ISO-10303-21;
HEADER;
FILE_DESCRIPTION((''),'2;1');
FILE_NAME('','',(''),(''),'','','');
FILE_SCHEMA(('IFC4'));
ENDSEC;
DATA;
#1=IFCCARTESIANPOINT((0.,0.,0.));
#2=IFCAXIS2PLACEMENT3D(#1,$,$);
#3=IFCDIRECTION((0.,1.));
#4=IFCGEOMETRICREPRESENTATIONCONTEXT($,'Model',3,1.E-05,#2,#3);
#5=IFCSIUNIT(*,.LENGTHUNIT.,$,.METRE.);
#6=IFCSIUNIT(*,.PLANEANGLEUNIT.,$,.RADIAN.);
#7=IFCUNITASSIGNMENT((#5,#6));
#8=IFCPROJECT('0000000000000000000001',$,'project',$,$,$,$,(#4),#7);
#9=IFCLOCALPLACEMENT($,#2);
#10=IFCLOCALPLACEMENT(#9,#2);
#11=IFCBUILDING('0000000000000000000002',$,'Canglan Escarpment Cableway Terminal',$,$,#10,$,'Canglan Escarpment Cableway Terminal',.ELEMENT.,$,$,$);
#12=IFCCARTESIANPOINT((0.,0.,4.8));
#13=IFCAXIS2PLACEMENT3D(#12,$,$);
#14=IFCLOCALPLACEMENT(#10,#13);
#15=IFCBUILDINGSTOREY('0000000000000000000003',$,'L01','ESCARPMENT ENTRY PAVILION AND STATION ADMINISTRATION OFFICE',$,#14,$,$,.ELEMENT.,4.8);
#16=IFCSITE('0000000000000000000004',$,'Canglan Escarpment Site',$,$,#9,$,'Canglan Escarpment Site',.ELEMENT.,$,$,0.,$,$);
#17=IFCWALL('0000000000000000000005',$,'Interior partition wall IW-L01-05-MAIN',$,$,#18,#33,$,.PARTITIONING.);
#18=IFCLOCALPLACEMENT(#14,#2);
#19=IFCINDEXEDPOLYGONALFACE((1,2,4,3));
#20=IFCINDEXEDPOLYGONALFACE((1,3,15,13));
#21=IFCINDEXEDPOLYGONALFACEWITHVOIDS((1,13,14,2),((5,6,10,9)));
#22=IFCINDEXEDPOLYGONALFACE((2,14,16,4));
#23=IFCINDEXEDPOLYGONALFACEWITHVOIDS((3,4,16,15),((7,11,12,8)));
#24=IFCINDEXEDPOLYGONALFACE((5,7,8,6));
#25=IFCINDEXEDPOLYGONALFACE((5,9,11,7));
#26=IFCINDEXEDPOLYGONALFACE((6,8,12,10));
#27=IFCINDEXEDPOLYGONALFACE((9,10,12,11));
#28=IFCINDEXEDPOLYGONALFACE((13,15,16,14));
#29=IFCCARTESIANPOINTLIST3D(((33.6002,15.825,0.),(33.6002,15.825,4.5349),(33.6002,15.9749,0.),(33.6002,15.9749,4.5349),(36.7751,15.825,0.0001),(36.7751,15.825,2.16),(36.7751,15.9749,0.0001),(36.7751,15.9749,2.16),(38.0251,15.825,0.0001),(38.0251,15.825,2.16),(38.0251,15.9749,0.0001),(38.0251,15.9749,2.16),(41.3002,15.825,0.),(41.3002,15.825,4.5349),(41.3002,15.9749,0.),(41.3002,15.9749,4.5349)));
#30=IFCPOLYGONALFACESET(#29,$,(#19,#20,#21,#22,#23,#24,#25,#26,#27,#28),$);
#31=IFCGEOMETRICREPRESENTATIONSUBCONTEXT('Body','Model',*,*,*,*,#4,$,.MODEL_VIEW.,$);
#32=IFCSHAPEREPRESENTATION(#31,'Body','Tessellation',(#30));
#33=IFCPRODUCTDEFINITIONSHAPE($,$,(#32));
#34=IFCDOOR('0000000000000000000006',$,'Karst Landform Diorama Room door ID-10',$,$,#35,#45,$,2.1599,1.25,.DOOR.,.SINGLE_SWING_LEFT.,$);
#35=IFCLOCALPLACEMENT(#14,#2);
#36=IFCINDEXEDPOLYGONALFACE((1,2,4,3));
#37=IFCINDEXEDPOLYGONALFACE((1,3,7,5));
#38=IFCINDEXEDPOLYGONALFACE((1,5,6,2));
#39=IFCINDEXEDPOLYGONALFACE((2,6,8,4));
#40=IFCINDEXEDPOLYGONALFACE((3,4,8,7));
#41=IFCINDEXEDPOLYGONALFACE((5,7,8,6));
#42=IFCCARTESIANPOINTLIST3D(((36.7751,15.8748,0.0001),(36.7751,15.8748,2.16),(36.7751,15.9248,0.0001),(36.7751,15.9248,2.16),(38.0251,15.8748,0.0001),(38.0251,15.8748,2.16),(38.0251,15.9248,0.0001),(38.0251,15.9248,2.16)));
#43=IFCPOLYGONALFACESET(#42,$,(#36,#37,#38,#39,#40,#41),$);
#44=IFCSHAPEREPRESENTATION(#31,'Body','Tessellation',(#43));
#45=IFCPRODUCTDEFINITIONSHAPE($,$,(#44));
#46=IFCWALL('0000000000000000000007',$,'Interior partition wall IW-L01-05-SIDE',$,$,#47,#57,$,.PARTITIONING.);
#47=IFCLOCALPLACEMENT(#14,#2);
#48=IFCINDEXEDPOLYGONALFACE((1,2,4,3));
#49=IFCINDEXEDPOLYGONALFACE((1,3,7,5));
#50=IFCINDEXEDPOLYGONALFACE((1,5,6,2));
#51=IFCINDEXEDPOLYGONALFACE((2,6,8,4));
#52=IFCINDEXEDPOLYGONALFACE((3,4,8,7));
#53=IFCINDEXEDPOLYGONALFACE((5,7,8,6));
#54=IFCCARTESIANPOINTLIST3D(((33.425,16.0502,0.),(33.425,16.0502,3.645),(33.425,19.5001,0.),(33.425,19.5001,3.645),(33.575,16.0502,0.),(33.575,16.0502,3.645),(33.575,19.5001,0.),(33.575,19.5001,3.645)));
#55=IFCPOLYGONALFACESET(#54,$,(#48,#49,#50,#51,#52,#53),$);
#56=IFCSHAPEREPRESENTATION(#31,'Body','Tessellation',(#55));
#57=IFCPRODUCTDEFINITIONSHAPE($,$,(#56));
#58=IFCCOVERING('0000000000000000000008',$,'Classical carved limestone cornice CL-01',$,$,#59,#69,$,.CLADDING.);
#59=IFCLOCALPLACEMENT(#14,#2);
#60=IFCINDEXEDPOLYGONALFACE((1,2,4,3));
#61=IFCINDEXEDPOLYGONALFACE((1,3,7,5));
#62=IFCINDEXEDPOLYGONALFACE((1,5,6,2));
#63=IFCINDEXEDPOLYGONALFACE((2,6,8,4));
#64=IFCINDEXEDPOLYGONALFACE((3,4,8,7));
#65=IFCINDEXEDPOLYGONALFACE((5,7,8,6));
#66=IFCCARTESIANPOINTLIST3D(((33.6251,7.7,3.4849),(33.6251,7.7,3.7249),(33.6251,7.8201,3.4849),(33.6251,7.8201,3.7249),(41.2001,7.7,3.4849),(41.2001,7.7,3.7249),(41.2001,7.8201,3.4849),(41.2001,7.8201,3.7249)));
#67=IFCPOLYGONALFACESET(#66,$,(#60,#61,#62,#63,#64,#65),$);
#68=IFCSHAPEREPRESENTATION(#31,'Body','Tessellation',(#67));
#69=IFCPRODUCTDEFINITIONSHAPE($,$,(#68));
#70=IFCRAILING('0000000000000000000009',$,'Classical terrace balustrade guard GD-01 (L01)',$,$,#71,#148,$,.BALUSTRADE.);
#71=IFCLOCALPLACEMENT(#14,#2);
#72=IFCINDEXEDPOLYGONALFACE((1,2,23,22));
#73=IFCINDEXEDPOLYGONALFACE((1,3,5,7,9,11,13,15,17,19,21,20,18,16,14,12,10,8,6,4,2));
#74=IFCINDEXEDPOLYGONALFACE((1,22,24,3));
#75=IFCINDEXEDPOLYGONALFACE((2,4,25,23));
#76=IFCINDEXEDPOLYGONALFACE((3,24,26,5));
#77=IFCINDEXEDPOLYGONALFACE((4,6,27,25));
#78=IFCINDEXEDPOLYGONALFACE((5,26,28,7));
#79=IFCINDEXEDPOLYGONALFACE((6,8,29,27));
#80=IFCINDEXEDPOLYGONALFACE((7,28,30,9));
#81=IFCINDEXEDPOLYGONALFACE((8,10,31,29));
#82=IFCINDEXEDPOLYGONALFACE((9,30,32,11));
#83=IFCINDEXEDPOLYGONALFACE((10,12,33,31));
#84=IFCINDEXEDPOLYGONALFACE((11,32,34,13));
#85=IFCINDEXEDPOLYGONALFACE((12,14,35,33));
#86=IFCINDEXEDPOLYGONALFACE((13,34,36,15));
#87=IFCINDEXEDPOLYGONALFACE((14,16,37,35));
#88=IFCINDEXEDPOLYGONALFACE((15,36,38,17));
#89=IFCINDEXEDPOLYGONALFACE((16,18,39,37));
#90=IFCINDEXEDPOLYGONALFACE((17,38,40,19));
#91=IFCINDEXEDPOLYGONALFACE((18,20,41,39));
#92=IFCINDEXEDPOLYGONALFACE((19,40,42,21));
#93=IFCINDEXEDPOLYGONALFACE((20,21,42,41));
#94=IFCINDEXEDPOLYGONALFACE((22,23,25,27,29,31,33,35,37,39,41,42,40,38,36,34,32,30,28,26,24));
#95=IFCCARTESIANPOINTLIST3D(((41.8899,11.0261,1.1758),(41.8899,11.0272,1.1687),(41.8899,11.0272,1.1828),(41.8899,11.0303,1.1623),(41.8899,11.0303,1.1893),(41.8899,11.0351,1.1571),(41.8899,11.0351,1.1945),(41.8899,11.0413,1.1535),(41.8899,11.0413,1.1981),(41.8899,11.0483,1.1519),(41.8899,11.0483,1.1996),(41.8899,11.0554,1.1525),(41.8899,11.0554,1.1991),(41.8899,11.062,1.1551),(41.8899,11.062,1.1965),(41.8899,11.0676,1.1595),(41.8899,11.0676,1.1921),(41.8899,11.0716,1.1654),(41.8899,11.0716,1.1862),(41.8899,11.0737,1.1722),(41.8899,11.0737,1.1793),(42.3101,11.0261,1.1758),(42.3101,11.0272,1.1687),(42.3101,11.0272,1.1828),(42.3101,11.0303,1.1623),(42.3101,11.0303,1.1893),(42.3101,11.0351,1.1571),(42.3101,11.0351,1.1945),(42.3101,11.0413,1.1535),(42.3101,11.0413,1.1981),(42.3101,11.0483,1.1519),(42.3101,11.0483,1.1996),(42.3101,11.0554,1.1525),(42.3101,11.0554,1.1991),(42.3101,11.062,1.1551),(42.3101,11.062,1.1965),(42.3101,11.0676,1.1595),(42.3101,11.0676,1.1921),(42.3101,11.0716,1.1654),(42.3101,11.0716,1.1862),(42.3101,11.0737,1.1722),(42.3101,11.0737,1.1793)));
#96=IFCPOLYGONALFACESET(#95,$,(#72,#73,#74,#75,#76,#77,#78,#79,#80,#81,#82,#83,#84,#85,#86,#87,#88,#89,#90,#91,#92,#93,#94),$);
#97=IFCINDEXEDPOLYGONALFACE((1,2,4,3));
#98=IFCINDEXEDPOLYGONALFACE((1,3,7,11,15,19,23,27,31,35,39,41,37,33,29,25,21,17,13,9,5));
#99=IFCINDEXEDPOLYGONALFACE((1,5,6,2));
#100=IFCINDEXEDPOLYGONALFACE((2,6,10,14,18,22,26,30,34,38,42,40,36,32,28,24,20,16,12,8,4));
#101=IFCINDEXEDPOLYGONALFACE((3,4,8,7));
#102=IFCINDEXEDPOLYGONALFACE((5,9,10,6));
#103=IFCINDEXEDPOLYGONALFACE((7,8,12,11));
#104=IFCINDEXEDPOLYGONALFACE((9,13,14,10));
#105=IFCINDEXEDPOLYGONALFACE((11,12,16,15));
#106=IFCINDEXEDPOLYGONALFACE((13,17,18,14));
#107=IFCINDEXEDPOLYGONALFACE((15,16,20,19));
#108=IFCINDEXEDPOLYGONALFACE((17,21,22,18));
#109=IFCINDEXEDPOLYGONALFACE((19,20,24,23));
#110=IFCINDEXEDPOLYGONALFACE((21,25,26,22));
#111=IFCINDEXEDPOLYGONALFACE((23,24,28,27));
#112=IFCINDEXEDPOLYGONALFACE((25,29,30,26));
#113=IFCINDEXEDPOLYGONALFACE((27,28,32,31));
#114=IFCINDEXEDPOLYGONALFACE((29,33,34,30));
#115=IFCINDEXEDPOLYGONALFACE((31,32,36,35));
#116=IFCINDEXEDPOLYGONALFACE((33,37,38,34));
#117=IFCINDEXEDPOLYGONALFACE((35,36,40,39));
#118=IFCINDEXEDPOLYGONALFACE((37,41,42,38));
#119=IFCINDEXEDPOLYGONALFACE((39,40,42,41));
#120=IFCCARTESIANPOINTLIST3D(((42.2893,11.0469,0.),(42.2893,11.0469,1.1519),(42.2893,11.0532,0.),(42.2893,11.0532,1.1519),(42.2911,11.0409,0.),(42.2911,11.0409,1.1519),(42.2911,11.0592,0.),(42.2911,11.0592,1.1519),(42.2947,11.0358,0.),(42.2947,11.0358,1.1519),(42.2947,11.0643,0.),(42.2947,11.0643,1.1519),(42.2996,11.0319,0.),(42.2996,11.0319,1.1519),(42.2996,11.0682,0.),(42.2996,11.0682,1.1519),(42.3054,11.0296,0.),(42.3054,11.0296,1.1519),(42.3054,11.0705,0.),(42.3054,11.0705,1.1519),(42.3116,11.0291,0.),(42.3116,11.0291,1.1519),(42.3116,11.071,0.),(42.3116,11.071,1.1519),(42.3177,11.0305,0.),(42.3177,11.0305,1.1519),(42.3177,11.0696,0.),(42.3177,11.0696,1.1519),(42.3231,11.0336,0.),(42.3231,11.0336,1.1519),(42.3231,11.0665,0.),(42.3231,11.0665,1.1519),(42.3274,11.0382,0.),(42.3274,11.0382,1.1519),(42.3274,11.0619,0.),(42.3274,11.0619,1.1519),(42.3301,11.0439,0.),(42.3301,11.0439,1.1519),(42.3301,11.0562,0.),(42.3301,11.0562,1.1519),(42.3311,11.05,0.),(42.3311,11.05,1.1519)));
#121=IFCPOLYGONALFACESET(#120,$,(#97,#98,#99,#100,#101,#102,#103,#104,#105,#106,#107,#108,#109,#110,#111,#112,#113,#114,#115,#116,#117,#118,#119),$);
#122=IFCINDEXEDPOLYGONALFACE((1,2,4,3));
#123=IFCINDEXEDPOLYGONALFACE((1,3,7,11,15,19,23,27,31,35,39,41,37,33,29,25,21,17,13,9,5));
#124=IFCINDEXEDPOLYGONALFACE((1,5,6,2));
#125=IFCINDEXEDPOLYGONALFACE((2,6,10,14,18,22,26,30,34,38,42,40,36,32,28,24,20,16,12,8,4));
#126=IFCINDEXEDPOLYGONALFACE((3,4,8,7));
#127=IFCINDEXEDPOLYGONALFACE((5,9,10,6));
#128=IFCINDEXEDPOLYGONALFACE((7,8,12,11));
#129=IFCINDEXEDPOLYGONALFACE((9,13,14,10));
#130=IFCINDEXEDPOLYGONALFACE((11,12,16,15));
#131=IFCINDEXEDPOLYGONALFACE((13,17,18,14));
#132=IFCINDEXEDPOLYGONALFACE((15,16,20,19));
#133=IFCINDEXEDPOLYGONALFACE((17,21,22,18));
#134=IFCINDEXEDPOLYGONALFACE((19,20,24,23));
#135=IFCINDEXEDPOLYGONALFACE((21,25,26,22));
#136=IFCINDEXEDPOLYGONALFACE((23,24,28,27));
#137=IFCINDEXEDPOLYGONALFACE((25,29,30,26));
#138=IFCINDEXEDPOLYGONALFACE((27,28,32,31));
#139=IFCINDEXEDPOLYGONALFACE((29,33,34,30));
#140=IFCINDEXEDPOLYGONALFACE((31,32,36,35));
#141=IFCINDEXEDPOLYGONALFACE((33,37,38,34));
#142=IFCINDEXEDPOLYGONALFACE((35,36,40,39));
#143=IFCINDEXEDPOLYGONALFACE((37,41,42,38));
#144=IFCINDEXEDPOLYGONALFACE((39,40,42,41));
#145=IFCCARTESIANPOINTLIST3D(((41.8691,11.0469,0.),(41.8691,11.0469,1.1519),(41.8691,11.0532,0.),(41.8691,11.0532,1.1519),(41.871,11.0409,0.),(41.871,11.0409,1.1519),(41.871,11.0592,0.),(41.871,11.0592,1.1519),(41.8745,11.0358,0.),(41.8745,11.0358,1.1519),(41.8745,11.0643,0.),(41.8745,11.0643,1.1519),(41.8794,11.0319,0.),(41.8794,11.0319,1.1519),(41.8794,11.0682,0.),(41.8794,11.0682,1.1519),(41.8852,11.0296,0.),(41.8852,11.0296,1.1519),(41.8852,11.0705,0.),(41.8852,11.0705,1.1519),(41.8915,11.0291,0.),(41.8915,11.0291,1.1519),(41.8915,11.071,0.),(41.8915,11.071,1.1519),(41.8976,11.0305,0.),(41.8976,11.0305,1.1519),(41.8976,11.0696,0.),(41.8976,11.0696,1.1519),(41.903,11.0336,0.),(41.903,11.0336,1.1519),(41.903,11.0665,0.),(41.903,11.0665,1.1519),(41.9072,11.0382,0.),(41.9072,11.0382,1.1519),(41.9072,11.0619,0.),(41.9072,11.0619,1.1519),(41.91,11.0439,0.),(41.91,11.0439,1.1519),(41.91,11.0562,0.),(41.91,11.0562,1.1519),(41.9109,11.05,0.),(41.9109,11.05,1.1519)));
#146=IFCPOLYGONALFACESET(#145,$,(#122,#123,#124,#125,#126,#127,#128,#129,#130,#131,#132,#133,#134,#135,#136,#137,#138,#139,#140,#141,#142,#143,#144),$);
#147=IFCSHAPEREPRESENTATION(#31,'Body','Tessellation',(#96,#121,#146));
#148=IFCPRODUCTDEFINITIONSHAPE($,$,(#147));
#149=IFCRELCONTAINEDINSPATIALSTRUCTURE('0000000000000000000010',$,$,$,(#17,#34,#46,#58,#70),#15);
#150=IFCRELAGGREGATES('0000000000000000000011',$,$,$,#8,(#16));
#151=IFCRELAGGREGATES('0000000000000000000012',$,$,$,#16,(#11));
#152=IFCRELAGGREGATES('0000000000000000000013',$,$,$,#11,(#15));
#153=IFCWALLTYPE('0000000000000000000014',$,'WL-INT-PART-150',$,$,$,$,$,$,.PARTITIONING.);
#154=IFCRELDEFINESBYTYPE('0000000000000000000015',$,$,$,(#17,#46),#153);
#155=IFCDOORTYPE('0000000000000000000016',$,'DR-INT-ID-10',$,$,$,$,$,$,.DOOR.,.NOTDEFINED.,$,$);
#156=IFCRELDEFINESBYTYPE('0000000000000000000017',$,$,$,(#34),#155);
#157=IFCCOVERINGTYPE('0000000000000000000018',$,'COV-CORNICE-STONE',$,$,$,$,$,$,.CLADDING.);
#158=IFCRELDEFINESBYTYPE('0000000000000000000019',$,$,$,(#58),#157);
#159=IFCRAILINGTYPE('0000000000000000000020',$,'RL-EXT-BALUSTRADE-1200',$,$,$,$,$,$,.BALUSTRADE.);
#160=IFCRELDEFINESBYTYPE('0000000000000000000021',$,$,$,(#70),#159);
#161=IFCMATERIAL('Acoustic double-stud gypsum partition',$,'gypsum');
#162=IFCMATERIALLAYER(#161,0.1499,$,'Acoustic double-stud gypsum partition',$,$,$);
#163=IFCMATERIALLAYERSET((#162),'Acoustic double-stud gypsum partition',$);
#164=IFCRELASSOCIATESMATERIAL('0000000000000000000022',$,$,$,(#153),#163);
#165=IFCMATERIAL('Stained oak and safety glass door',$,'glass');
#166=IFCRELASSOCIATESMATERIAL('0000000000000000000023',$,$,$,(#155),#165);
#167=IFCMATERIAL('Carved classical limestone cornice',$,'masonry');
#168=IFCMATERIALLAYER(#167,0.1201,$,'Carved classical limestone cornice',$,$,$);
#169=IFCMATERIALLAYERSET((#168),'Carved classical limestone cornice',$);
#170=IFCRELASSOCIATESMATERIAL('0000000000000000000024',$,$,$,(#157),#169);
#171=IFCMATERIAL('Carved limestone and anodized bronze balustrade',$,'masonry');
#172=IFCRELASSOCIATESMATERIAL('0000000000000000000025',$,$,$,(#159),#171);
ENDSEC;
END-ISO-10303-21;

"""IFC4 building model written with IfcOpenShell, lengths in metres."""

from ifc_helpers import new_model, si_unit, direction, frame, frame_2d, origin, origin_2d, place, context, subcontext, project, spatial, rectangle, circle, extrude, material, layer, layer_set, type_object, element, fill, save


model = new_model("IFC4")

# Units and contexts
model_context = context("Model", 3, precision=1e-05, world=origin(), true_north=direction((0.0, 1.0)))
body_context = subcontext(model_context, "Body", "Model", "MODEL_VIEW")
ifc_project = project(units=[si_unit("LENGTHUNIT", "METRE"), si_unit("PLANEANGLEUNIT", "RADIAN")], contexts=[model_context])

# Site, building, storey
site_placement = place(None, origin())
site = spatial("IfcSite", under=ifc_project, at=site_placement, Name="Canglan Escarpment Site", LongName="Canglan Escarpment Site", CompositionType="ELEMENT", RefElevation=0.0)
building_placement = place(site_placement, origin())
building = spatial("IfcBuilding", under=site, at=building_placement, Name="Canglan Escarpment Cableway Terminal", LongName="Canglan Escarpment Cableway Terminal", CompositionType="ELEMENT")
storey_placement = place(building_placement, frame((0.0, 0.0, 4.8)))
storey = spatial("IfcBuildingStorey", under=building, at=storey_placement, Name="L01", Description="ESCARPMENT ENTRY PAVILION AND STATION ADMINISTRATION OFFICE", CompositionType="ELEMENT", Elevation=4.8)

# Wall, opening, door
ifc_material_1 = material(Name="Acoustic double-stud gypsum partition", Category="gypsum")
ifc_layer_1 = layer(ifc_material_1, 0.1499, Name="Acoustic double-stud gypsum partition")
ifc_layer_set_1 = layer_set([ifc_layer_1], Name="Acoustic double-stud gypsum partition")
wall_type_1 = type_object("IfcWallType", Name="WL-INT-PART-150", PredefinedType="PARTITIONING", material=ifc_layer_set_1)
wall_1_placement = place(storey_placement, frame((33.6001, 15.8999, 0.0), z_axis=(0.0, 0.0, 1.0), x_axis=(1.0, 0.0, 0.0)))
wall_1 = element("IfcWall", 1, at=wall_1_placement, inside=storey, type_object=wall_type_1, Name="Interior partition wall IW-L01-05-MAIN", PredefinedType="PARTITIONING", context=body_context, shape_type="SweptSolid", body=[
    extrude(rectangle(XDim=7.7, YDim=0.1499, at=frame_2d((3.8501, 0.0))), origin(), (0.0, 0.0, 1.0), 4.5349),
])
opening_1_placement = place(wall_1_placement, frame((3.175, 0.0, 0.0)))
opening_1 = element("IfcOpeningElement", 2, at=opening_1_placement, cuts=wall_1, PredefinedType="OPENING", context=body_context, shape_type="SweptSolid", body=[
    extrude(rectangle(XDim=1.25, YDim=2.1599, at=frame_2d((0.625, 1.0801))), frame((0.0, 0.085, 0.0), z_axis=(0.0, -1.0, 0.0), x_axis=(1.0, 0.0, 0.0)), (0.0, 0.0, 1.0), 0.1699),
])
ifc_material_2 = material(Name="Stained oak and safety glass door", Category="glass")
door_type = type_object("IfcDoorType", Name="DR-INT-ID-10", OperationType="NOTDEFINED", PredefinedType="DOOR", material=ifc_material_2)
door_placement = place(opening_1_placement, origin())
door = element("IfcDoor", 3, at=door_placement, inside=storey, type_object=door_type, Name="Karst Landform Diorama Room door ID-10", OperationType="SINGLE_SWING_LEFT", OverallHeight=2.1599, OverallWidth=1.25, PredefinedType="DOOR", context=body_context, shape_type="SweptSolid", body=[
    extrude(rectangle(XDim=1.25, YDim=2.1599, at=frame_2d((0.625, 1.0801))), frame((0.0, 0.0249, 0.0), z_axis=(0.0, -1.0, 0.0), x_axis=(1.0, 0.0, 0.0)), (0.0, 0.0, 1.0), 0.05),
])
fill(opening_1, door)

# Wall
wall_2_placement = place(storey_placement, frame((33.5, 16.05, 0.0), z_axis=(0.0, 0.0, 1.0), x_axis=(0.0, 1.0, 0.0)))
element("IfcWall", 4, at=wall_2_placement, inside=storey, type_object=wall_type_1, Name="Interior partition wall IW-L01-05-SIDE", PredefinedType="PARTITIONING", context=body_context, shape_type="SweptSolid", body=[
    extrude(rectangle(XDim=3.45, YDim=0.1499, at=frame_2d((1.7251, 0.0))), origin(), (0.0, 0.0, 1.0), 3.645),
])

# Covering
ifc_material_3 = material(Name="Carved classical limestone cornice", Category="masonry")
ifc_layer_2 = layer(ifc_material_3, 0.1201, Name="Carved classical limestone cornice")
ifc_layer_set_2 = layer_set([ifc_layer_2], Name="Carved classical limestone cornice")
covering_type = type_object("IfcCoveringType", Name="COV-CORNICE-STONE", PredefinedType="CLADDING", material=ifc_layer_set_2)
covering_placement = place(storey_placement, frame((37.4126, 7.76, 3.4849), z_axis=(0.0, 0.0, 1.0), x_axis=(1.0, 0.0, 0.0)))
element("IfcCovering", 5, at=covering_placement, inside=storey, type_object=covering_type, Name="Classical carved limestone cornice CL-01", PredefinedType="CLADDING", context=body_context, shape_type="SweptSolid", body=[
    extrude(rectangle(XDim=7.575, YDim=0.1201, at=origin_2d()), origin(), (0.0, 0.0, 1.0), 0.24),
])

# Railing
ifc_material_4 = material(Name="Carved limestone and anodized bronze balustrade", Category="masonry")
railing_type = type_object("IfcRailingType", Name="RL-EXT-BALUSTRADE-1200", PredefinedType="BALUSTRADE", material=ifc_material_4)
railing_1_placement = place(storey_placement, frame((42.3101, 11.05, 0.0)))
element("IfcRailing", 6, at=railing_1_placement, inside=storey, type_object=railing_type, Name="Classical terrace balustrade guard GD-01 (L01)", PredefinedType="BALUSTRADE", context=body_context, shape_type="SweptSolid", body=[
    extrude(circle(Radius=0.0239, at=origin_2d()), frame((0.0, 0.0, 1.1758), z_axis=(-1.0, 0.0, 0.0), x_axis=(0.0, -1.0, 0.0)), (0.0, 0.0, 1.0), 0.4202),
    extrude(circle(Radius=0.021, at=origin_2d()), origin(), (0.0, 0.0, 1.0), 1.1519),
    extrude(circle(Radius=0.021, at=origin_2d()), frame((-0.4202, 0.0, 0.0)), (0.0, 0.0, 1.0), 1.1519),
])

save(model, "model.ifc")
